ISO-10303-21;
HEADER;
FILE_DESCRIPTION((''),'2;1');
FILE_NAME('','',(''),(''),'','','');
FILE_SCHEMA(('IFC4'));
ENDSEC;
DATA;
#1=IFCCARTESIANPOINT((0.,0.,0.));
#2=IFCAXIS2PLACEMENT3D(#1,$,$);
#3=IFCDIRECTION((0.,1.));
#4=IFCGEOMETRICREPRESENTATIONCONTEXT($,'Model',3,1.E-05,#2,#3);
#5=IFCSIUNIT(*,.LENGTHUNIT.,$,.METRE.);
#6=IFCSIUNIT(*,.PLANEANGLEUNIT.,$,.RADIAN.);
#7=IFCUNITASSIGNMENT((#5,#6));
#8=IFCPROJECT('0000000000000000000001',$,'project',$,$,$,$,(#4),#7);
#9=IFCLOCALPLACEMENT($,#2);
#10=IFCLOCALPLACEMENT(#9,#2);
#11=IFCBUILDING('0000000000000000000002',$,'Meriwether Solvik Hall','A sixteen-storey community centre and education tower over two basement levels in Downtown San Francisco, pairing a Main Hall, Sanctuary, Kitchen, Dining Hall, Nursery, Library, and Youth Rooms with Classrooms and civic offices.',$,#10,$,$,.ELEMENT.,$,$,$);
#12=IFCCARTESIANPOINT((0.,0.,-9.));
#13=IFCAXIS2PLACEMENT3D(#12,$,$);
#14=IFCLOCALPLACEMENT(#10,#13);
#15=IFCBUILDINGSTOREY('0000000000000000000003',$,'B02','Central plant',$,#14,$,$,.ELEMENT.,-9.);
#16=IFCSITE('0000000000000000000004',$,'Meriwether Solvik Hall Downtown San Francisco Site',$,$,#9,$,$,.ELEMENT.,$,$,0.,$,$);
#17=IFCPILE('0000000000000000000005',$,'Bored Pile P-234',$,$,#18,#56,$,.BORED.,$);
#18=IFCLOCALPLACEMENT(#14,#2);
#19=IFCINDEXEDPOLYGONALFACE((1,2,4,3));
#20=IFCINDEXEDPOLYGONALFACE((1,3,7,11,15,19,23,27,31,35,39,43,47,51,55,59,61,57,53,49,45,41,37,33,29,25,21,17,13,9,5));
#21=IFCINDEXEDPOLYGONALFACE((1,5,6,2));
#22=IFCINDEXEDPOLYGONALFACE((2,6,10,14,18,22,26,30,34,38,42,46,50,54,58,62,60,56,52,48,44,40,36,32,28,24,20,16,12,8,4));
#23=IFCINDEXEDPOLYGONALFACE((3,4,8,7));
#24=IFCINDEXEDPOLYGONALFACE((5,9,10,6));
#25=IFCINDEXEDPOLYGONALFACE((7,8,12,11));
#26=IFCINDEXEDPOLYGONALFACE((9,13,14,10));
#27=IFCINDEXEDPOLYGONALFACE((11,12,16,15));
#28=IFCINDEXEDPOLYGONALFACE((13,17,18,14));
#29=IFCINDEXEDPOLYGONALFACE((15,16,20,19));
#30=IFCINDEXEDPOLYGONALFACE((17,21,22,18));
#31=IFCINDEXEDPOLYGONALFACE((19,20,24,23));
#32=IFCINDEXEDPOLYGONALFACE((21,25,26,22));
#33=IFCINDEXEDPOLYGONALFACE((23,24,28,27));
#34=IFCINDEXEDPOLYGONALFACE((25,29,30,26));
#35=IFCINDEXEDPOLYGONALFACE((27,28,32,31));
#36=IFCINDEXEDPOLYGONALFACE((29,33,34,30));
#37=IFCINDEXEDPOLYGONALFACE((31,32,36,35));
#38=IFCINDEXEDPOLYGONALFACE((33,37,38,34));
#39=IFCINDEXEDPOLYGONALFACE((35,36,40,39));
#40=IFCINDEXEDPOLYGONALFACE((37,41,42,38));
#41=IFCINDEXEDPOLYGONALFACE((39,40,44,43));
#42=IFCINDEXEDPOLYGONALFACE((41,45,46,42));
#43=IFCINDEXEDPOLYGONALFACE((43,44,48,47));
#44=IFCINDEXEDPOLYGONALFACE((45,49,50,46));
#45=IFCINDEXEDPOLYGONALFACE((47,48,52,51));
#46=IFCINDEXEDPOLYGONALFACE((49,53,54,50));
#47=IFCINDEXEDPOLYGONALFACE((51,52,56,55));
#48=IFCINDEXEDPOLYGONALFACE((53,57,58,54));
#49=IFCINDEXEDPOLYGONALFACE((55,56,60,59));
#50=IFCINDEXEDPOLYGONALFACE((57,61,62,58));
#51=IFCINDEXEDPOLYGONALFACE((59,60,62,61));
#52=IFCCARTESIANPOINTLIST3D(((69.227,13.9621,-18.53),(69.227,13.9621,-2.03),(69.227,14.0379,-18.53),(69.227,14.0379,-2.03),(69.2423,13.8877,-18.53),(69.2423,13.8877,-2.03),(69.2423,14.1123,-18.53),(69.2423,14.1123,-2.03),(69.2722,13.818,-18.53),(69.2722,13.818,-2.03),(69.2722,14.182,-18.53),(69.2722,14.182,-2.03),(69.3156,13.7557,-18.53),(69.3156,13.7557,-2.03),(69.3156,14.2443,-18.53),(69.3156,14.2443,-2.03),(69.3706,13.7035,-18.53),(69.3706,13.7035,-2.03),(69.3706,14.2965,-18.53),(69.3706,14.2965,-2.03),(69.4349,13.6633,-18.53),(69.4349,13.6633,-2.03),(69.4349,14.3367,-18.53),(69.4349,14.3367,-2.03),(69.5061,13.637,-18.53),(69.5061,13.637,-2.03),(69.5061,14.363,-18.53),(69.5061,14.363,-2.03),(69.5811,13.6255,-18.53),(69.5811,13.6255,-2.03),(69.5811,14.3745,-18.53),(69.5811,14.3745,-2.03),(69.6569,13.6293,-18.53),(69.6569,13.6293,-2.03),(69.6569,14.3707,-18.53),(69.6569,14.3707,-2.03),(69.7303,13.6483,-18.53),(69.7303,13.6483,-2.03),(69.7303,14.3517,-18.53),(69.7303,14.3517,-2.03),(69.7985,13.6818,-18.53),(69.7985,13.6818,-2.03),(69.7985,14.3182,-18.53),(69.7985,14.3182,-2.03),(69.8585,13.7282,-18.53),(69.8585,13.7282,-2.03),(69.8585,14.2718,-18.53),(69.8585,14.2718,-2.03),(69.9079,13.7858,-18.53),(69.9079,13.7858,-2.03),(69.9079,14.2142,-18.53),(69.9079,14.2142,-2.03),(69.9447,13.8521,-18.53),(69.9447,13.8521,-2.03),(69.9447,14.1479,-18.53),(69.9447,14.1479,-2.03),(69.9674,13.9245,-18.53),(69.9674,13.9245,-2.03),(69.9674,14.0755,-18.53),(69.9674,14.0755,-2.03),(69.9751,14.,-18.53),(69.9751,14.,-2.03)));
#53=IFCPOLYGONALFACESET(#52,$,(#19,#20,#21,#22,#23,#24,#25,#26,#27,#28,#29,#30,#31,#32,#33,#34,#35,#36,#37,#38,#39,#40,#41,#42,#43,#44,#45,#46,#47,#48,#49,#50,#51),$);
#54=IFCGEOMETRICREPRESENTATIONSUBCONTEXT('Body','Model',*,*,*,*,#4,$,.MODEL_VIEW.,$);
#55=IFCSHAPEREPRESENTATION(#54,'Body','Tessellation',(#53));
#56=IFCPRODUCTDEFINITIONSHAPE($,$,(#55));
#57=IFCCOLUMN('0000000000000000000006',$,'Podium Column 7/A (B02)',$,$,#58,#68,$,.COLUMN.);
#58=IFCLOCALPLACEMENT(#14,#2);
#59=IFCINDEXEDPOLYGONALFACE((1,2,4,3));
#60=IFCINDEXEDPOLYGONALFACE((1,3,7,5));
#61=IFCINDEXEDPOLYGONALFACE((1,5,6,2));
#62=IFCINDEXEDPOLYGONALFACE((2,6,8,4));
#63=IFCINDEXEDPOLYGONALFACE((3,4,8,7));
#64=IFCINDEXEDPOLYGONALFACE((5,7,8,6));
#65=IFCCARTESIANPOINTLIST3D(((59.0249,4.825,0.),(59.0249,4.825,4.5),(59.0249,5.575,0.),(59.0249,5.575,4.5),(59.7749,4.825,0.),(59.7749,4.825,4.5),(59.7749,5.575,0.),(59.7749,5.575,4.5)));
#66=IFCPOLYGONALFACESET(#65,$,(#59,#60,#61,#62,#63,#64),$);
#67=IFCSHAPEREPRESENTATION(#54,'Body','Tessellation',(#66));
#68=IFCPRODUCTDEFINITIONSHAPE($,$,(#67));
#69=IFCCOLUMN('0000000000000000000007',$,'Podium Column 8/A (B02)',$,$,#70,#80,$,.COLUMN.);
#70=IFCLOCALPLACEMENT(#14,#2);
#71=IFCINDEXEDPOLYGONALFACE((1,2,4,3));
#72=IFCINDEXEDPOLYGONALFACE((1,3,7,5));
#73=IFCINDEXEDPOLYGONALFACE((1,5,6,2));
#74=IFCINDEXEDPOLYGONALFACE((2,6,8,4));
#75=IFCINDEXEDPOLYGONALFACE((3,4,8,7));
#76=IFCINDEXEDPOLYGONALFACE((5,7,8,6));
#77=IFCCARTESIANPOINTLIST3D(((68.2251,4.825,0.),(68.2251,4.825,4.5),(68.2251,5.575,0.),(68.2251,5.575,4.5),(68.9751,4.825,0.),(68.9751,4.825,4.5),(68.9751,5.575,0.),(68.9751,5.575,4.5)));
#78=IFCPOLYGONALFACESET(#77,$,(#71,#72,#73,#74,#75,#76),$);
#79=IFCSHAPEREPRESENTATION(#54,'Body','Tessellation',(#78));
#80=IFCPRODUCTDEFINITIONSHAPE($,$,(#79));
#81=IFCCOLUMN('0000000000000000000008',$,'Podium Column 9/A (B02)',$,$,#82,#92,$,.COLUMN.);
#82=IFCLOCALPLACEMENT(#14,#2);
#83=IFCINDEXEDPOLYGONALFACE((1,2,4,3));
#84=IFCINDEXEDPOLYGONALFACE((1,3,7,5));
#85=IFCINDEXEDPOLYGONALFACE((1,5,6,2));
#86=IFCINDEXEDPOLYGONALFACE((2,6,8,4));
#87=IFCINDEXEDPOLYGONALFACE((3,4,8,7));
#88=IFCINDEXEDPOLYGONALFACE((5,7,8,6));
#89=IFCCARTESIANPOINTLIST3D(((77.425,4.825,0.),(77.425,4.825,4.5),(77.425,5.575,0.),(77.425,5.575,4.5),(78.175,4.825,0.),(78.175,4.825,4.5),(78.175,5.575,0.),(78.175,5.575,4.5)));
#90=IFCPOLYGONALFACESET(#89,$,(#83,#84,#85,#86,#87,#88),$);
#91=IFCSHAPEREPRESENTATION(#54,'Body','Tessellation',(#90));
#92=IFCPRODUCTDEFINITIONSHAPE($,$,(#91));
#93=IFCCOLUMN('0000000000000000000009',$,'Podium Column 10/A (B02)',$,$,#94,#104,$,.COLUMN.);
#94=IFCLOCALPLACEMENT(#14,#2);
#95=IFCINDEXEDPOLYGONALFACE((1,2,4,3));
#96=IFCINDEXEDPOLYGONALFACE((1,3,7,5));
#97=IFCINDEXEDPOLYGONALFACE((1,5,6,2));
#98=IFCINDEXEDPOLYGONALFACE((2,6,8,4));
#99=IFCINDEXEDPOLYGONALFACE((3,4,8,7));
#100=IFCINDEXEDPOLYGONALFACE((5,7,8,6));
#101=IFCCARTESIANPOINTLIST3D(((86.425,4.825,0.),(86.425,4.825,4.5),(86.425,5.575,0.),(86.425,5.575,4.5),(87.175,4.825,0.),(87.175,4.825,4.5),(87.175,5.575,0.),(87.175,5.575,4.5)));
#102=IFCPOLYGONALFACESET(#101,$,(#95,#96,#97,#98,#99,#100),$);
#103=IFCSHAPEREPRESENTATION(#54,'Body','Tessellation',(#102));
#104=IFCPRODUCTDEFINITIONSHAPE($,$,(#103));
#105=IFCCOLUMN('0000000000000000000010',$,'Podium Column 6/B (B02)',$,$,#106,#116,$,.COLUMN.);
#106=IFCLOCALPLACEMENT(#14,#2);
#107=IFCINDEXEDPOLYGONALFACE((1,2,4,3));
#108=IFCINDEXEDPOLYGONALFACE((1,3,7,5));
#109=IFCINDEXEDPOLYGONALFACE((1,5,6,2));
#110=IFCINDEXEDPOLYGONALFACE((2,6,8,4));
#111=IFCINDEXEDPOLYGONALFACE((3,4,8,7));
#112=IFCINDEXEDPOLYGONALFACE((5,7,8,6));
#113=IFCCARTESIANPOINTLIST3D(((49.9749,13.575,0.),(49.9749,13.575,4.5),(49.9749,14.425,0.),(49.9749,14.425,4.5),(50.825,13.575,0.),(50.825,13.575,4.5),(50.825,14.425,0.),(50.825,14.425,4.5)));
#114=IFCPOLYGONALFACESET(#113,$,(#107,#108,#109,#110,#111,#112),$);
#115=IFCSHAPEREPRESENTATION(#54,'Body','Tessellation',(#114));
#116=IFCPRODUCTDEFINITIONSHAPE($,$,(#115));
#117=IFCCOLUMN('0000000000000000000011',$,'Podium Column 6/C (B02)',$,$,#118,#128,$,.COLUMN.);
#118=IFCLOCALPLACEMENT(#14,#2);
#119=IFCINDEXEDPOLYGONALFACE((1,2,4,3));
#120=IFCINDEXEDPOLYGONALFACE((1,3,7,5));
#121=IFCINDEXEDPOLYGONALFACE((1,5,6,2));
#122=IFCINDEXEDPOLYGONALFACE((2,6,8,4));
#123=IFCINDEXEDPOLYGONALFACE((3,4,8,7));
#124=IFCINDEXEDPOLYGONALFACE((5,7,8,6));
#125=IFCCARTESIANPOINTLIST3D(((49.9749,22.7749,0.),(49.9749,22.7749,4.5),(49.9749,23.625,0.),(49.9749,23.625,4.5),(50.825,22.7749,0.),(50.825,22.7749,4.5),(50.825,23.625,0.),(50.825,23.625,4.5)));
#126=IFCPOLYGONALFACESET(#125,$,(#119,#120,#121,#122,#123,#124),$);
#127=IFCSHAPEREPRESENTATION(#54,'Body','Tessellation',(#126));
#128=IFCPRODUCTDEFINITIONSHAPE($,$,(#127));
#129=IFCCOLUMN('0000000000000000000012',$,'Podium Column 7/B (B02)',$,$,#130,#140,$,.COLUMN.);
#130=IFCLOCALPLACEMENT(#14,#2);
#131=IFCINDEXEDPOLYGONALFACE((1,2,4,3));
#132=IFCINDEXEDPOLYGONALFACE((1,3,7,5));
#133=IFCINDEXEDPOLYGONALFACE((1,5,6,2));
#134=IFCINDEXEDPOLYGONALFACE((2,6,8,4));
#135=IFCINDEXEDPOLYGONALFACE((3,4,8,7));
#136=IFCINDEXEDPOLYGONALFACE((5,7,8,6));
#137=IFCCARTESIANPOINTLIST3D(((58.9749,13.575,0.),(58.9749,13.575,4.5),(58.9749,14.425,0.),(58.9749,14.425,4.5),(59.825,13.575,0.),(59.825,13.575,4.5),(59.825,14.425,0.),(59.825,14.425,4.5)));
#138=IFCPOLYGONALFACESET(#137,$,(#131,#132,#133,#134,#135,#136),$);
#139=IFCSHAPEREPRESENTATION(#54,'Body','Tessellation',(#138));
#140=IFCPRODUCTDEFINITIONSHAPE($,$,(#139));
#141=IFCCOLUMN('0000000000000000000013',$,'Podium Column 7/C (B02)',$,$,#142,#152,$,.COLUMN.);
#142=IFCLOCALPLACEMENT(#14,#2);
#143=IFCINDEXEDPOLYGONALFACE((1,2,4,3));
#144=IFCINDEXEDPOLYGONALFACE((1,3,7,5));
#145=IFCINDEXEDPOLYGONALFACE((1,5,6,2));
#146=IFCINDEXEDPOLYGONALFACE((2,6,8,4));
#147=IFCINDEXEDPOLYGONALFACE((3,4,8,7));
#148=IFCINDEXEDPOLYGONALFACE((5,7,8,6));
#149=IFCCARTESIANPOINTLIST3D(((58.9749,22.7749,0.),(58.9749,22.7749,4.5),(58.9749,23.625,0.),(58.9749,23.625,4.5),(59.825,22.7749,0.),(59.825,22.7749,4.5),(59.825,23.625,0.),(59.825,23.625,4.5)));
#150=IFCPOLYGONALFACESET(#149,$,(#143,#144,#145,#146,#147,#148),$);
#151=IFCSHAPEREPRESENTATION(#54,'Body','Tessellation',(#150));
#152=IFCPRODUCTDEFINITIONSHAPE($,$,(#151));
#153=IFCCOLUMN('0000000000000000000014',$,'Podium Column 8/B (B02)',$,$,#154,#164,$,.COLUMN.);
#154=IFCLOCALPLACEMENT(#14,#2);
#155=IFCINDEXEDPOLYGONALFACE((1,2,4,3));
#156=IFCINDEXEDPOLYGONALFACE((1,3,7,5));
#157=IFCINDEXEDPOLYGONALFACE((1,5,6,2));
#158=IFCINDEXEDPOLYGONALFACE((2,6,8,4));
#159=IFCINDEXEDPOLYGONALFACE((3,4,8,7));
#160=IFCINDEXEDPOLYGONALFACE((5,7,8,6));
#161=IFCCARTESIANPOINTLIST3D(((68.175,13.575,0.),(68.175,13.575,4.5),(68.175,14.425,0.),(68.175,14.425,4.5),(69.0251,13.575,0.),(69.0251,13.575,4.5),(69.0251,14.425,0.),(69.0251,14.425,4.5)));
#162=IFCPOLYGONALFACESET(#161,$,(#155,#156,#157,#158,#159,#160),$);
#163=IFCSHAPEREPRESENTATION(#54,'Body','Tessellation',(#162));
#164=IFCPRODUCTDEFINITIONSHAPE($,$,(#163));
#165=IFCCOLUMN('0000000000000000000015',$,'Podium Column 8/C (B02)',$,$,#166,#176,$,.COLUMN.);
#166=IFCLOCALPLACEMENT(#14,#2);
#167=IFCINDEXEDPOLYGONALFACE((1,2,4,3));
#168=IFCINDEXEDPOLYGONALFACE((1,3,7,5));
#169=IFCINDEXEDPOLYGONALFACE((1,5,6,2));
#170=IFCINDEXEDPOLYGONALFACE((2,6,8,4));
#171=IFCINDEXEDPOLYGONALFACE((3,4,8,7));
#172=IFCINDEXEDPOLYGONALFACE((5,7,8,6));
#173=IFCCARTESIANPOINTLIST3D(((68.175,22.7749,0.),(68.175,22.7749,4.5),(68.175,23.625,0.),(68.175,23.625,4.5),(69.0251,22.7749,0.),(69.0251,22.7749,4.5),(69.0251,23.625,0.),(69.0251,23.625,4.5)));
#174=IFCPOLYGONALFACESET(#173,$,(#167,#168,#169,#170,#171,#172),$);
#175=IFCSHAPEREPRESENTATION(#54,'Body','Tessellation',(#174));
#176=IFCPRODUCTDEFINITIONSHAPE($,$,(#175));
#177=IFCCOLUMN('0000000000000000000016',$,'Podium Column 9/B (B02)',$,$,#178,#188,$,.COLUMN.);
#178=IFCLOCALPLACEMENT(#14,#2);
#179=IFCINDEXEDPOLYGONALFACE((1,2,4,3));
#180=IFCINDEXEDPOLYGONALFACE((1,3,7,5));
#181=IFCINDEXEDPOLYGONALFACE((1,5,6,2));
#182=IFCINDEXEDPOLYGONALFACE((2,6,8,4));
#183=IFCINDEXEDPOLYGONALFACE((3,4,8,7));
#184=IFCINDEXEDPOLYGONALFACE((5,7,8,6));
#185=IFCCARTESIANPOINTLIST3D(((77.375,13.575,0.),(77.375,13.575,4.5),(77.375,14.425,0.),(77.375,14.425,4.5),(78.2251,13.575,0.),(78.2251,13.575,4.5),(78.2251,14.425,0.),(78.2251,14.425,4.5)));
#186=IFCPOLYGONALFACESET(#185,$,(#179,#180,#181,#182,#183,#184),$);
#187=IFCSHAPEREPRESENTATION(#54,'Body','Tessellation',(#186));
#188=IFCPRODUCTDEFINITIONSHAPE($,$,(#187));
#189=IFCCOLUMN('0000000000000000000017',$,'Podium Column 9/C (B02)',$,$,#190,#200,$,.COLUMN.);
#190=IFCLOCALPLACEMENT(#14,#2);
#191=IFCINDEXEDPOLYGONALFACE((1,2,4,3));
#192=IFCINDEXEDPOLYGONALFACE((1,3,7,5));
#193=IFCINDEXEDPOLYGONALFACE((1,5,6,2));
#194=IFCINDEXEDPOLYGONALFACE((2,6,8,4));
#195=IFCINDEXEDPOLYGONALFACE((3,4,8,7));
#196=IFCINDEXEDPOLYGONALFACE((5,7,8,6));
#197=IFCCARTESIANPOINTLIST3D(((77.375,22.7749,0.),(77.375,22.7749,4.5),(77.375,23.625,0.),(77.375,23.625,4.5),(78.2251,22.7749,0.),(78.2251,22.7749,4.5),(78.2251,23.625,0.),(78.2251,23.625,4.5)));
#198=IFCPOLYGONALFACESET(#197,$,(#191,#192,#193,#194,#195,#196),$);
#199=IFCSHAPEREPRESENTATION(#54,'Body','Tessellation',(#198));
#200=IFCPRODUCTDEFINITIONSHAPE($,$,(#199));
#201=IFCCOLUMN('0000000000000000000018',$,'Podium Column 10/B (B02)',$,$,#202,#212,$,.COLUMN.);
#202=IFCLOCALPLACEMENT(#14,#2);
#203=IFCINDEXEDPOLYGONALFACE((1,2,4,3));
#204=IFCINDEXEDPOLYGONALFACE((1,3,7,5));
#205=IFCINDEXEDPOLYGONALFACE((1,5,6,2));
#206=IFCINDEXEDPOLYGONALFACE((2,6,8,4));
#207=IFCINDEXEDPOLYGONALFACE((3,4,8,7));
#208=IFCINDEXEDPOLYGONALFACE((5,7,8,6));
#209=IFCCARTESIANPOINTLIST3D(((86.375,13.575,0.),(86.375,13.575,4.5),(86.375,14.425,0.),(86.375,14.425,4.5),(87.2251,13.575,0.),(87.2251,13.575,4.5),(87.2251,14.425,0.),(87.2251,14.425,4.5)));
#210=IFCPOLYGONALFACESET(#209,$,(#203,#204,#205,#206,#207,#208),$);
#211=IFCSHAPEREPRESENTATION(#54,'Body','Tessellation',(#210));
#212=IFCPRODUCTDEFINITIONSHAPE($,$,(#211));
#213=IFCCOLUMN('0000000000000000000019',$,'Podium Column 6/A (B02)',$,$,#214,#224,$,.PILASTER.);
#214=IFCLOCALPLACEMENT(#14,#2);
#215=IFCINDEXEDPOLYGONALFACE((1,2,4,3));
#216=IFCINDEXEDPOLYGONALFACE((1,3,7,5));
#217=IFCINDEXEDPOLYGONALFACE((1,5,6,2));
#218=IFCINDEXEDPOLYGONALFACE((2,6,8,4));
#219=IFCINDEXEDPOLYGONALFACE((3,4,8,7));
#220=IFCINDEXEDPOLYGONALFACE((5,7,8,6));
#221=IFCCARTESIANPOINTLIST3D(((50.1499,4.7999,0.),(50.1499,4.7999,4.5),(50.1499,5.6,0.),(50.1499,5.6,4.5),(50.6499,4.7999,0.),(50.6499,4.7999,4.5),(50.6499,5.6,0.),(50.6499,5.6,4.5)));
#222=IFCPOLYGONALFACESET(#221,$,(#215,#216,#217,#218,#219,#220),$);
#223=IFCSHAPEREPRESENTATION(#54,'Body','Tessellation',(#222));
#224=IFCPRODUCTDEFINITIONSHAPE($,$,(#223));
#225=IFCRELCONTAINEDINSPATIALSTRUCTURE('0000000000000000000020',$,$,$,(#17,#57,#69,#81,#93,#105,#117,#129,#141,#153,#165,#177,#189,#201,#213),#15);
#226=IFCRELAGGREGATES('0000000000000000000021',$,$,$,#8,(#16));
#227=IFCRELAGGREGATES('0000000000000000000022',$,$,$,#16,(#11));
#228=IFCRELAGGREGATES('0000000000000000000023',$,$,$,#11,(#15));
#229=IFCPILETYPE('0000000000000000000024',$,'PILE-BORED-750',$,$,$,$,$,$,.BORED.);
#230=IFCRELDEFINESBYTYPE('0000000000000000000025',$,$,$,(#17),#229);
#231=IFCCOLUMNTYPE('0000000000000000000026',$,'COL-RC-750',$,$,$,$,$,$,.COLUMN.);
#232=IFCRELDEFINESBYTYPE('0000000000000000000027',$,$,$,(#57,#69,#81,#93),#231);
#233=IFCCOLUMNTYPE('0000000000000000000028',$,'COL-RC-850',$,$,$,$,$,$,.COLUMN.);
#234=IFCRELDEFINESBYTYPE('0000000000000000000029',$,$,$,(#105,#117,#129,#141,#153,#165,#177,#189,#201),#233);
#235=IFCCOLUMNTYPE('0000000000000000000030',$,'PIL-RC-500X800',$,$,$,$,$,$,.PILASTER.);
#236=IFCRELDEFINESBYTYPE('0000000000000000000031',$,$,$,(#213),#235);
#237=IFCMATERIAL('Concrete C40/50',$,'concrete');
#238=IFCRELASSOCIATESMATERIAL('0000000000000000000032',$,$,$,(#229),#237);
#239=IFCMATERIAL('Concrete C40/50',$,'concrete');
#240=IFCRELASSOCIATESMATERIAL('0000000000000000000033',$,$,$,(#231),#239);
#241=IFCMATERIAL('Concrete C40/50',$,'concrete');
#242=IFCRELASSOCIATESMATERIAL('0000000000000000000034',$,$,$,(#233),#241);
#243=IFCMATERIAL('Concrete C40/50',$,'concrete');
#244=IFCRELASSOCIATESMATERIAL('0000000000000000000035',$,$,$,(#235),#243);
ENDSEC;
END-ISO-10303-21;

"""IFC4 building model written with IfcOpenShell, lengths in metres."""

from ifc_helpers import new_model, si_unit, direction, frame, origin, origin_2d, place, context, subcontext, project, spatial, rectangle, circle, extrude, material, material_profile, profile_set, type_object, element, save


model = new_model("IFC4")

# Units and contexts
model_context = context("Model", 3, precision=1e-05, world=origin(), true_north=direction((0.0, 1.0)))
body_context = subcontext(model_context, "Body", "Model", "MODEL_VIEW")
ifc_project = project(units=[si_unit("LENGTHUNIT", "METRE"), si_unit("PLANEANGLEUNIT", "RADIAN")], contexts=[model_context])

# Site, building, storey
site_placement = place(None, origin())
site = spatial("IfcSite", under=ifc_project, at=site_placement, Name="Meriwether Solvik Hall Downtown San Francisco Site", CompositionType="ELEMENT", RefElevation=0.0)
building_placement = place(site_placement, origin())
building = spatial("IfcBuilding", under=site, at=building_placement, Name="Meriwether Solvik Hall", Description="A sixteen-storey community centre and education tower over two basement levels in Downtown San Francisco, pairing a Main Hall, Sanctuary, Kitchen, Dining Hall, Nursery, Library, and Youth Rooms with Classrooms and civic offices.", CompositionType="ELEMENT")
storey_placement = place(building_placement, frame((0.0, 0.0, -9.0)))
storey = spatial("IfcBuildingStorey", under=building, at=storey_placement, Name="B02", Description="Central plant", CompositionType="ELEMENT", Elevation=-9.0)

# Pile
ifc_material_1 = material(Name="Concrete C40/50", Category="concrete")
ifc_material_profile_1 = material_profile(ifc_material_1, circle(Radius=0.375, at=origin_2d()), Name="PILE-D750")
ifc_profile_set_1 = profile_set([ifc_material_profile_1], Name="Concrete C40/50")
pile_type_1 = type_object("IfcPileType", Name="PILE-BORED-750", PredefinedType="BORED", material=ifc_profile_set_1)
for number, where, z_axis, x_axis, name in (
    (1, (69.6001, 14.0, -2.03), (0.0, 0.0, -1.0), (1.0, 0.0, 0.0), "Bored Pile P-234"),
):
    element("IfcPile", number, at=place(storey_placement, frame(where, z_axis=z_axis, x_axis=x_axis)), inside=storey, type_object=pile_type_1, Name=name, PredefinedType="BORED", context=body_context, shape_type="SweptSolid", body=[
        extrude(circle(Radius=0.375, at=origin_2d()), origin(), (0.0, 0.0, 1.0), 16.5),
    ])

# Columns
ifc_material_2 = material(Name="Concrete C40/50", Category="concrete")
ifc_material_profile_2 = material_profile(ifc_material_2, rectangle(XDim=0.75, YDim=0.75, at=origin_2d()), Name="RCC-750X750")
ifc_profile_set_2 = profile_set([ifc_material_profile_2], Name="Concrete C40/50")
column_type_1 = type_object("IfcColumnType", Name="COL-RC-750", PredefinedType="COLUMN", material=ifc_profile_set_2)
for number, where, z_axis, x_axis, name in (
    (2, (59.3999, 5.2, 0.0), (0.0, 0.0, 1.0), (1.0, 0.0, 0.0), "Podium Column 7/A (B02)"),
    (3, (68.6001, 5.2, 0.0), (0.0, 0.0, 1.0), (1.0, 0.0, 0.0), "Podium Column 8/A (B02)"),
    (4, (77.8, 5.2, 0.0), (0.0, 0.0, 1.0), (1.0, 0.0, 0.0), "Podium Column 9/A (B02)"),
    (5, (86.8, 5.2, 0.0), (0.0, 0.0, 1.0), (1.0, 0.0, 0.0), "Podium Column 10/A (B02)"),
):
    element("IfcColumn", number, at=place(storey_placement, frame(where, z_axis=z_axis, x_axis=x_axis)), inside=storey, type_object=column_type_1, Name=name, PredefinedType="COLUMN", context=body_context, shape_type="SweptSolid", body=[
        extrude(rectangle(XDim=0.75, YDim=0.75, at=origin_2d()), origin(), (0.0, 0.0, 1.0), 4.5),
    ])
ifc_material_3 = material(Name="Concrete C40/50", Category="concrete")
ifc_material_profile_3 = material_profile(ifc_material_3, rectangle(XDim=0.8501, YDim=0.8501, at=origin_2d()), Name="RCC-850X850")
ifc_profile_set_3 = profile_set([ifc_material_profile_3], Name="Concrete C40/50")
column_type_2 = type_object("IfcColumnType", Name="COL-RC-850", PredefinedType="COLUMN", material=ifc_profile_set_3)
for number, where, z_axis, x_axis, name in (
    (6, (50.3999, 14.0, 0.0), (0.0, 0.0, 1.0), (1.0, 0.0, 0.0), "Podium Column 6/B (B02)"),
    (7, (50.3999, 23.2, 0.0), (0.0, 0.0, 1.0), (1.0, 0.0, 0.0), "Podium Column 6/C (B02)"),
    (8, (59.3999, 14.0, 0.0), (0.0, 0.0, 1.0), (1.0, 0.0, 0.0), "Podium Column 7/B (B02)"),
    (9, (59.3999, 23.2, 0.0), (0.0, 0.0, 1.0), (1.0, 0.0, 0.0), "Podium Column 7/C (B02)"),
    (10, (68.6001, 14.0, 0.0), (0.0, 0.0, 1.0), (1.0, 0.0, 0.0), "Podium Column 8/B (B02)"),
    (11, (68.6001, 23.2, 0.0), (0.0, 0.0, 1.0), (1.0, 0.0, 0.0), "Podium Column 8/C (B02)"),
    (12, (77.8, 14.0, 0.0), (0.0, 0.0, 1.0), (1.0, 0.0, 0.0), "Podium Column 9/B (B02)"),
    (13, (77.8, 23.2, 0.0), (0.0, 0.0, 1.0), (1.0, 0.0, 0.0), "Podium Column 9/C (B02)"),
    (14, (86.8, 14.0, 0.0), (0.0, 0.0, 1.0), (1.0, 0.0, 0.0), "Podium Column 10/B (B02)"),
):
    element("IfcColumn", number, at=place(storey_placement, frame(where, z_axis=z_axis, x_axis=x_axis)), inside=storey, type_object=column_type_2, Name=name, PredefinedType="COLUMN", context=body_context, shape_type="SweptSolid", body=[
        extrude(rectangle(XDim=0.8501, YDim=0.8501, at=origin_2d()), origin(), (0.0, 0.0, 1.0), 4.5),
    ])
ifc_material_4 = material(Name="Concrete C40/50", Category="concrete")
ifc_material_profile_4 = material_profile(ifc_material_4, rectangle(XDim=0.5, YDim=0.8, at=origin_2d()), Name="RCP-500X800")
ifc_profile_set_4 = profile_set([ifc_material_profile_4], Name="Concrete C40/50")
column_type_3 = type_object("IfcColumnType", Name="PIL-RC-500X800", PredefinedType="PILASTER", material=ifc_profile_set_4)
column_placement = place(storey_placement, frame((50.3999, 5.2, 0.0), z_axis=(0.0, 0.0, 1.0), x_axis=(1.0, 0.0, 0.0)))
element("IfcColumn", 15, at=column_placement, inside=storey, type_object=column_type_3, Name="Podium Column 6/A (B02)", PredefinedType="PILASTER", context=body_context, shape_type="SweptSolid", body=[
    extrude(rectangle(XDim=0.5, YDim=0.8, at=origin_2d()), origin(), (0.0, 0.0, 1.0), 4.5),
])

save(model, "model.ifc")
